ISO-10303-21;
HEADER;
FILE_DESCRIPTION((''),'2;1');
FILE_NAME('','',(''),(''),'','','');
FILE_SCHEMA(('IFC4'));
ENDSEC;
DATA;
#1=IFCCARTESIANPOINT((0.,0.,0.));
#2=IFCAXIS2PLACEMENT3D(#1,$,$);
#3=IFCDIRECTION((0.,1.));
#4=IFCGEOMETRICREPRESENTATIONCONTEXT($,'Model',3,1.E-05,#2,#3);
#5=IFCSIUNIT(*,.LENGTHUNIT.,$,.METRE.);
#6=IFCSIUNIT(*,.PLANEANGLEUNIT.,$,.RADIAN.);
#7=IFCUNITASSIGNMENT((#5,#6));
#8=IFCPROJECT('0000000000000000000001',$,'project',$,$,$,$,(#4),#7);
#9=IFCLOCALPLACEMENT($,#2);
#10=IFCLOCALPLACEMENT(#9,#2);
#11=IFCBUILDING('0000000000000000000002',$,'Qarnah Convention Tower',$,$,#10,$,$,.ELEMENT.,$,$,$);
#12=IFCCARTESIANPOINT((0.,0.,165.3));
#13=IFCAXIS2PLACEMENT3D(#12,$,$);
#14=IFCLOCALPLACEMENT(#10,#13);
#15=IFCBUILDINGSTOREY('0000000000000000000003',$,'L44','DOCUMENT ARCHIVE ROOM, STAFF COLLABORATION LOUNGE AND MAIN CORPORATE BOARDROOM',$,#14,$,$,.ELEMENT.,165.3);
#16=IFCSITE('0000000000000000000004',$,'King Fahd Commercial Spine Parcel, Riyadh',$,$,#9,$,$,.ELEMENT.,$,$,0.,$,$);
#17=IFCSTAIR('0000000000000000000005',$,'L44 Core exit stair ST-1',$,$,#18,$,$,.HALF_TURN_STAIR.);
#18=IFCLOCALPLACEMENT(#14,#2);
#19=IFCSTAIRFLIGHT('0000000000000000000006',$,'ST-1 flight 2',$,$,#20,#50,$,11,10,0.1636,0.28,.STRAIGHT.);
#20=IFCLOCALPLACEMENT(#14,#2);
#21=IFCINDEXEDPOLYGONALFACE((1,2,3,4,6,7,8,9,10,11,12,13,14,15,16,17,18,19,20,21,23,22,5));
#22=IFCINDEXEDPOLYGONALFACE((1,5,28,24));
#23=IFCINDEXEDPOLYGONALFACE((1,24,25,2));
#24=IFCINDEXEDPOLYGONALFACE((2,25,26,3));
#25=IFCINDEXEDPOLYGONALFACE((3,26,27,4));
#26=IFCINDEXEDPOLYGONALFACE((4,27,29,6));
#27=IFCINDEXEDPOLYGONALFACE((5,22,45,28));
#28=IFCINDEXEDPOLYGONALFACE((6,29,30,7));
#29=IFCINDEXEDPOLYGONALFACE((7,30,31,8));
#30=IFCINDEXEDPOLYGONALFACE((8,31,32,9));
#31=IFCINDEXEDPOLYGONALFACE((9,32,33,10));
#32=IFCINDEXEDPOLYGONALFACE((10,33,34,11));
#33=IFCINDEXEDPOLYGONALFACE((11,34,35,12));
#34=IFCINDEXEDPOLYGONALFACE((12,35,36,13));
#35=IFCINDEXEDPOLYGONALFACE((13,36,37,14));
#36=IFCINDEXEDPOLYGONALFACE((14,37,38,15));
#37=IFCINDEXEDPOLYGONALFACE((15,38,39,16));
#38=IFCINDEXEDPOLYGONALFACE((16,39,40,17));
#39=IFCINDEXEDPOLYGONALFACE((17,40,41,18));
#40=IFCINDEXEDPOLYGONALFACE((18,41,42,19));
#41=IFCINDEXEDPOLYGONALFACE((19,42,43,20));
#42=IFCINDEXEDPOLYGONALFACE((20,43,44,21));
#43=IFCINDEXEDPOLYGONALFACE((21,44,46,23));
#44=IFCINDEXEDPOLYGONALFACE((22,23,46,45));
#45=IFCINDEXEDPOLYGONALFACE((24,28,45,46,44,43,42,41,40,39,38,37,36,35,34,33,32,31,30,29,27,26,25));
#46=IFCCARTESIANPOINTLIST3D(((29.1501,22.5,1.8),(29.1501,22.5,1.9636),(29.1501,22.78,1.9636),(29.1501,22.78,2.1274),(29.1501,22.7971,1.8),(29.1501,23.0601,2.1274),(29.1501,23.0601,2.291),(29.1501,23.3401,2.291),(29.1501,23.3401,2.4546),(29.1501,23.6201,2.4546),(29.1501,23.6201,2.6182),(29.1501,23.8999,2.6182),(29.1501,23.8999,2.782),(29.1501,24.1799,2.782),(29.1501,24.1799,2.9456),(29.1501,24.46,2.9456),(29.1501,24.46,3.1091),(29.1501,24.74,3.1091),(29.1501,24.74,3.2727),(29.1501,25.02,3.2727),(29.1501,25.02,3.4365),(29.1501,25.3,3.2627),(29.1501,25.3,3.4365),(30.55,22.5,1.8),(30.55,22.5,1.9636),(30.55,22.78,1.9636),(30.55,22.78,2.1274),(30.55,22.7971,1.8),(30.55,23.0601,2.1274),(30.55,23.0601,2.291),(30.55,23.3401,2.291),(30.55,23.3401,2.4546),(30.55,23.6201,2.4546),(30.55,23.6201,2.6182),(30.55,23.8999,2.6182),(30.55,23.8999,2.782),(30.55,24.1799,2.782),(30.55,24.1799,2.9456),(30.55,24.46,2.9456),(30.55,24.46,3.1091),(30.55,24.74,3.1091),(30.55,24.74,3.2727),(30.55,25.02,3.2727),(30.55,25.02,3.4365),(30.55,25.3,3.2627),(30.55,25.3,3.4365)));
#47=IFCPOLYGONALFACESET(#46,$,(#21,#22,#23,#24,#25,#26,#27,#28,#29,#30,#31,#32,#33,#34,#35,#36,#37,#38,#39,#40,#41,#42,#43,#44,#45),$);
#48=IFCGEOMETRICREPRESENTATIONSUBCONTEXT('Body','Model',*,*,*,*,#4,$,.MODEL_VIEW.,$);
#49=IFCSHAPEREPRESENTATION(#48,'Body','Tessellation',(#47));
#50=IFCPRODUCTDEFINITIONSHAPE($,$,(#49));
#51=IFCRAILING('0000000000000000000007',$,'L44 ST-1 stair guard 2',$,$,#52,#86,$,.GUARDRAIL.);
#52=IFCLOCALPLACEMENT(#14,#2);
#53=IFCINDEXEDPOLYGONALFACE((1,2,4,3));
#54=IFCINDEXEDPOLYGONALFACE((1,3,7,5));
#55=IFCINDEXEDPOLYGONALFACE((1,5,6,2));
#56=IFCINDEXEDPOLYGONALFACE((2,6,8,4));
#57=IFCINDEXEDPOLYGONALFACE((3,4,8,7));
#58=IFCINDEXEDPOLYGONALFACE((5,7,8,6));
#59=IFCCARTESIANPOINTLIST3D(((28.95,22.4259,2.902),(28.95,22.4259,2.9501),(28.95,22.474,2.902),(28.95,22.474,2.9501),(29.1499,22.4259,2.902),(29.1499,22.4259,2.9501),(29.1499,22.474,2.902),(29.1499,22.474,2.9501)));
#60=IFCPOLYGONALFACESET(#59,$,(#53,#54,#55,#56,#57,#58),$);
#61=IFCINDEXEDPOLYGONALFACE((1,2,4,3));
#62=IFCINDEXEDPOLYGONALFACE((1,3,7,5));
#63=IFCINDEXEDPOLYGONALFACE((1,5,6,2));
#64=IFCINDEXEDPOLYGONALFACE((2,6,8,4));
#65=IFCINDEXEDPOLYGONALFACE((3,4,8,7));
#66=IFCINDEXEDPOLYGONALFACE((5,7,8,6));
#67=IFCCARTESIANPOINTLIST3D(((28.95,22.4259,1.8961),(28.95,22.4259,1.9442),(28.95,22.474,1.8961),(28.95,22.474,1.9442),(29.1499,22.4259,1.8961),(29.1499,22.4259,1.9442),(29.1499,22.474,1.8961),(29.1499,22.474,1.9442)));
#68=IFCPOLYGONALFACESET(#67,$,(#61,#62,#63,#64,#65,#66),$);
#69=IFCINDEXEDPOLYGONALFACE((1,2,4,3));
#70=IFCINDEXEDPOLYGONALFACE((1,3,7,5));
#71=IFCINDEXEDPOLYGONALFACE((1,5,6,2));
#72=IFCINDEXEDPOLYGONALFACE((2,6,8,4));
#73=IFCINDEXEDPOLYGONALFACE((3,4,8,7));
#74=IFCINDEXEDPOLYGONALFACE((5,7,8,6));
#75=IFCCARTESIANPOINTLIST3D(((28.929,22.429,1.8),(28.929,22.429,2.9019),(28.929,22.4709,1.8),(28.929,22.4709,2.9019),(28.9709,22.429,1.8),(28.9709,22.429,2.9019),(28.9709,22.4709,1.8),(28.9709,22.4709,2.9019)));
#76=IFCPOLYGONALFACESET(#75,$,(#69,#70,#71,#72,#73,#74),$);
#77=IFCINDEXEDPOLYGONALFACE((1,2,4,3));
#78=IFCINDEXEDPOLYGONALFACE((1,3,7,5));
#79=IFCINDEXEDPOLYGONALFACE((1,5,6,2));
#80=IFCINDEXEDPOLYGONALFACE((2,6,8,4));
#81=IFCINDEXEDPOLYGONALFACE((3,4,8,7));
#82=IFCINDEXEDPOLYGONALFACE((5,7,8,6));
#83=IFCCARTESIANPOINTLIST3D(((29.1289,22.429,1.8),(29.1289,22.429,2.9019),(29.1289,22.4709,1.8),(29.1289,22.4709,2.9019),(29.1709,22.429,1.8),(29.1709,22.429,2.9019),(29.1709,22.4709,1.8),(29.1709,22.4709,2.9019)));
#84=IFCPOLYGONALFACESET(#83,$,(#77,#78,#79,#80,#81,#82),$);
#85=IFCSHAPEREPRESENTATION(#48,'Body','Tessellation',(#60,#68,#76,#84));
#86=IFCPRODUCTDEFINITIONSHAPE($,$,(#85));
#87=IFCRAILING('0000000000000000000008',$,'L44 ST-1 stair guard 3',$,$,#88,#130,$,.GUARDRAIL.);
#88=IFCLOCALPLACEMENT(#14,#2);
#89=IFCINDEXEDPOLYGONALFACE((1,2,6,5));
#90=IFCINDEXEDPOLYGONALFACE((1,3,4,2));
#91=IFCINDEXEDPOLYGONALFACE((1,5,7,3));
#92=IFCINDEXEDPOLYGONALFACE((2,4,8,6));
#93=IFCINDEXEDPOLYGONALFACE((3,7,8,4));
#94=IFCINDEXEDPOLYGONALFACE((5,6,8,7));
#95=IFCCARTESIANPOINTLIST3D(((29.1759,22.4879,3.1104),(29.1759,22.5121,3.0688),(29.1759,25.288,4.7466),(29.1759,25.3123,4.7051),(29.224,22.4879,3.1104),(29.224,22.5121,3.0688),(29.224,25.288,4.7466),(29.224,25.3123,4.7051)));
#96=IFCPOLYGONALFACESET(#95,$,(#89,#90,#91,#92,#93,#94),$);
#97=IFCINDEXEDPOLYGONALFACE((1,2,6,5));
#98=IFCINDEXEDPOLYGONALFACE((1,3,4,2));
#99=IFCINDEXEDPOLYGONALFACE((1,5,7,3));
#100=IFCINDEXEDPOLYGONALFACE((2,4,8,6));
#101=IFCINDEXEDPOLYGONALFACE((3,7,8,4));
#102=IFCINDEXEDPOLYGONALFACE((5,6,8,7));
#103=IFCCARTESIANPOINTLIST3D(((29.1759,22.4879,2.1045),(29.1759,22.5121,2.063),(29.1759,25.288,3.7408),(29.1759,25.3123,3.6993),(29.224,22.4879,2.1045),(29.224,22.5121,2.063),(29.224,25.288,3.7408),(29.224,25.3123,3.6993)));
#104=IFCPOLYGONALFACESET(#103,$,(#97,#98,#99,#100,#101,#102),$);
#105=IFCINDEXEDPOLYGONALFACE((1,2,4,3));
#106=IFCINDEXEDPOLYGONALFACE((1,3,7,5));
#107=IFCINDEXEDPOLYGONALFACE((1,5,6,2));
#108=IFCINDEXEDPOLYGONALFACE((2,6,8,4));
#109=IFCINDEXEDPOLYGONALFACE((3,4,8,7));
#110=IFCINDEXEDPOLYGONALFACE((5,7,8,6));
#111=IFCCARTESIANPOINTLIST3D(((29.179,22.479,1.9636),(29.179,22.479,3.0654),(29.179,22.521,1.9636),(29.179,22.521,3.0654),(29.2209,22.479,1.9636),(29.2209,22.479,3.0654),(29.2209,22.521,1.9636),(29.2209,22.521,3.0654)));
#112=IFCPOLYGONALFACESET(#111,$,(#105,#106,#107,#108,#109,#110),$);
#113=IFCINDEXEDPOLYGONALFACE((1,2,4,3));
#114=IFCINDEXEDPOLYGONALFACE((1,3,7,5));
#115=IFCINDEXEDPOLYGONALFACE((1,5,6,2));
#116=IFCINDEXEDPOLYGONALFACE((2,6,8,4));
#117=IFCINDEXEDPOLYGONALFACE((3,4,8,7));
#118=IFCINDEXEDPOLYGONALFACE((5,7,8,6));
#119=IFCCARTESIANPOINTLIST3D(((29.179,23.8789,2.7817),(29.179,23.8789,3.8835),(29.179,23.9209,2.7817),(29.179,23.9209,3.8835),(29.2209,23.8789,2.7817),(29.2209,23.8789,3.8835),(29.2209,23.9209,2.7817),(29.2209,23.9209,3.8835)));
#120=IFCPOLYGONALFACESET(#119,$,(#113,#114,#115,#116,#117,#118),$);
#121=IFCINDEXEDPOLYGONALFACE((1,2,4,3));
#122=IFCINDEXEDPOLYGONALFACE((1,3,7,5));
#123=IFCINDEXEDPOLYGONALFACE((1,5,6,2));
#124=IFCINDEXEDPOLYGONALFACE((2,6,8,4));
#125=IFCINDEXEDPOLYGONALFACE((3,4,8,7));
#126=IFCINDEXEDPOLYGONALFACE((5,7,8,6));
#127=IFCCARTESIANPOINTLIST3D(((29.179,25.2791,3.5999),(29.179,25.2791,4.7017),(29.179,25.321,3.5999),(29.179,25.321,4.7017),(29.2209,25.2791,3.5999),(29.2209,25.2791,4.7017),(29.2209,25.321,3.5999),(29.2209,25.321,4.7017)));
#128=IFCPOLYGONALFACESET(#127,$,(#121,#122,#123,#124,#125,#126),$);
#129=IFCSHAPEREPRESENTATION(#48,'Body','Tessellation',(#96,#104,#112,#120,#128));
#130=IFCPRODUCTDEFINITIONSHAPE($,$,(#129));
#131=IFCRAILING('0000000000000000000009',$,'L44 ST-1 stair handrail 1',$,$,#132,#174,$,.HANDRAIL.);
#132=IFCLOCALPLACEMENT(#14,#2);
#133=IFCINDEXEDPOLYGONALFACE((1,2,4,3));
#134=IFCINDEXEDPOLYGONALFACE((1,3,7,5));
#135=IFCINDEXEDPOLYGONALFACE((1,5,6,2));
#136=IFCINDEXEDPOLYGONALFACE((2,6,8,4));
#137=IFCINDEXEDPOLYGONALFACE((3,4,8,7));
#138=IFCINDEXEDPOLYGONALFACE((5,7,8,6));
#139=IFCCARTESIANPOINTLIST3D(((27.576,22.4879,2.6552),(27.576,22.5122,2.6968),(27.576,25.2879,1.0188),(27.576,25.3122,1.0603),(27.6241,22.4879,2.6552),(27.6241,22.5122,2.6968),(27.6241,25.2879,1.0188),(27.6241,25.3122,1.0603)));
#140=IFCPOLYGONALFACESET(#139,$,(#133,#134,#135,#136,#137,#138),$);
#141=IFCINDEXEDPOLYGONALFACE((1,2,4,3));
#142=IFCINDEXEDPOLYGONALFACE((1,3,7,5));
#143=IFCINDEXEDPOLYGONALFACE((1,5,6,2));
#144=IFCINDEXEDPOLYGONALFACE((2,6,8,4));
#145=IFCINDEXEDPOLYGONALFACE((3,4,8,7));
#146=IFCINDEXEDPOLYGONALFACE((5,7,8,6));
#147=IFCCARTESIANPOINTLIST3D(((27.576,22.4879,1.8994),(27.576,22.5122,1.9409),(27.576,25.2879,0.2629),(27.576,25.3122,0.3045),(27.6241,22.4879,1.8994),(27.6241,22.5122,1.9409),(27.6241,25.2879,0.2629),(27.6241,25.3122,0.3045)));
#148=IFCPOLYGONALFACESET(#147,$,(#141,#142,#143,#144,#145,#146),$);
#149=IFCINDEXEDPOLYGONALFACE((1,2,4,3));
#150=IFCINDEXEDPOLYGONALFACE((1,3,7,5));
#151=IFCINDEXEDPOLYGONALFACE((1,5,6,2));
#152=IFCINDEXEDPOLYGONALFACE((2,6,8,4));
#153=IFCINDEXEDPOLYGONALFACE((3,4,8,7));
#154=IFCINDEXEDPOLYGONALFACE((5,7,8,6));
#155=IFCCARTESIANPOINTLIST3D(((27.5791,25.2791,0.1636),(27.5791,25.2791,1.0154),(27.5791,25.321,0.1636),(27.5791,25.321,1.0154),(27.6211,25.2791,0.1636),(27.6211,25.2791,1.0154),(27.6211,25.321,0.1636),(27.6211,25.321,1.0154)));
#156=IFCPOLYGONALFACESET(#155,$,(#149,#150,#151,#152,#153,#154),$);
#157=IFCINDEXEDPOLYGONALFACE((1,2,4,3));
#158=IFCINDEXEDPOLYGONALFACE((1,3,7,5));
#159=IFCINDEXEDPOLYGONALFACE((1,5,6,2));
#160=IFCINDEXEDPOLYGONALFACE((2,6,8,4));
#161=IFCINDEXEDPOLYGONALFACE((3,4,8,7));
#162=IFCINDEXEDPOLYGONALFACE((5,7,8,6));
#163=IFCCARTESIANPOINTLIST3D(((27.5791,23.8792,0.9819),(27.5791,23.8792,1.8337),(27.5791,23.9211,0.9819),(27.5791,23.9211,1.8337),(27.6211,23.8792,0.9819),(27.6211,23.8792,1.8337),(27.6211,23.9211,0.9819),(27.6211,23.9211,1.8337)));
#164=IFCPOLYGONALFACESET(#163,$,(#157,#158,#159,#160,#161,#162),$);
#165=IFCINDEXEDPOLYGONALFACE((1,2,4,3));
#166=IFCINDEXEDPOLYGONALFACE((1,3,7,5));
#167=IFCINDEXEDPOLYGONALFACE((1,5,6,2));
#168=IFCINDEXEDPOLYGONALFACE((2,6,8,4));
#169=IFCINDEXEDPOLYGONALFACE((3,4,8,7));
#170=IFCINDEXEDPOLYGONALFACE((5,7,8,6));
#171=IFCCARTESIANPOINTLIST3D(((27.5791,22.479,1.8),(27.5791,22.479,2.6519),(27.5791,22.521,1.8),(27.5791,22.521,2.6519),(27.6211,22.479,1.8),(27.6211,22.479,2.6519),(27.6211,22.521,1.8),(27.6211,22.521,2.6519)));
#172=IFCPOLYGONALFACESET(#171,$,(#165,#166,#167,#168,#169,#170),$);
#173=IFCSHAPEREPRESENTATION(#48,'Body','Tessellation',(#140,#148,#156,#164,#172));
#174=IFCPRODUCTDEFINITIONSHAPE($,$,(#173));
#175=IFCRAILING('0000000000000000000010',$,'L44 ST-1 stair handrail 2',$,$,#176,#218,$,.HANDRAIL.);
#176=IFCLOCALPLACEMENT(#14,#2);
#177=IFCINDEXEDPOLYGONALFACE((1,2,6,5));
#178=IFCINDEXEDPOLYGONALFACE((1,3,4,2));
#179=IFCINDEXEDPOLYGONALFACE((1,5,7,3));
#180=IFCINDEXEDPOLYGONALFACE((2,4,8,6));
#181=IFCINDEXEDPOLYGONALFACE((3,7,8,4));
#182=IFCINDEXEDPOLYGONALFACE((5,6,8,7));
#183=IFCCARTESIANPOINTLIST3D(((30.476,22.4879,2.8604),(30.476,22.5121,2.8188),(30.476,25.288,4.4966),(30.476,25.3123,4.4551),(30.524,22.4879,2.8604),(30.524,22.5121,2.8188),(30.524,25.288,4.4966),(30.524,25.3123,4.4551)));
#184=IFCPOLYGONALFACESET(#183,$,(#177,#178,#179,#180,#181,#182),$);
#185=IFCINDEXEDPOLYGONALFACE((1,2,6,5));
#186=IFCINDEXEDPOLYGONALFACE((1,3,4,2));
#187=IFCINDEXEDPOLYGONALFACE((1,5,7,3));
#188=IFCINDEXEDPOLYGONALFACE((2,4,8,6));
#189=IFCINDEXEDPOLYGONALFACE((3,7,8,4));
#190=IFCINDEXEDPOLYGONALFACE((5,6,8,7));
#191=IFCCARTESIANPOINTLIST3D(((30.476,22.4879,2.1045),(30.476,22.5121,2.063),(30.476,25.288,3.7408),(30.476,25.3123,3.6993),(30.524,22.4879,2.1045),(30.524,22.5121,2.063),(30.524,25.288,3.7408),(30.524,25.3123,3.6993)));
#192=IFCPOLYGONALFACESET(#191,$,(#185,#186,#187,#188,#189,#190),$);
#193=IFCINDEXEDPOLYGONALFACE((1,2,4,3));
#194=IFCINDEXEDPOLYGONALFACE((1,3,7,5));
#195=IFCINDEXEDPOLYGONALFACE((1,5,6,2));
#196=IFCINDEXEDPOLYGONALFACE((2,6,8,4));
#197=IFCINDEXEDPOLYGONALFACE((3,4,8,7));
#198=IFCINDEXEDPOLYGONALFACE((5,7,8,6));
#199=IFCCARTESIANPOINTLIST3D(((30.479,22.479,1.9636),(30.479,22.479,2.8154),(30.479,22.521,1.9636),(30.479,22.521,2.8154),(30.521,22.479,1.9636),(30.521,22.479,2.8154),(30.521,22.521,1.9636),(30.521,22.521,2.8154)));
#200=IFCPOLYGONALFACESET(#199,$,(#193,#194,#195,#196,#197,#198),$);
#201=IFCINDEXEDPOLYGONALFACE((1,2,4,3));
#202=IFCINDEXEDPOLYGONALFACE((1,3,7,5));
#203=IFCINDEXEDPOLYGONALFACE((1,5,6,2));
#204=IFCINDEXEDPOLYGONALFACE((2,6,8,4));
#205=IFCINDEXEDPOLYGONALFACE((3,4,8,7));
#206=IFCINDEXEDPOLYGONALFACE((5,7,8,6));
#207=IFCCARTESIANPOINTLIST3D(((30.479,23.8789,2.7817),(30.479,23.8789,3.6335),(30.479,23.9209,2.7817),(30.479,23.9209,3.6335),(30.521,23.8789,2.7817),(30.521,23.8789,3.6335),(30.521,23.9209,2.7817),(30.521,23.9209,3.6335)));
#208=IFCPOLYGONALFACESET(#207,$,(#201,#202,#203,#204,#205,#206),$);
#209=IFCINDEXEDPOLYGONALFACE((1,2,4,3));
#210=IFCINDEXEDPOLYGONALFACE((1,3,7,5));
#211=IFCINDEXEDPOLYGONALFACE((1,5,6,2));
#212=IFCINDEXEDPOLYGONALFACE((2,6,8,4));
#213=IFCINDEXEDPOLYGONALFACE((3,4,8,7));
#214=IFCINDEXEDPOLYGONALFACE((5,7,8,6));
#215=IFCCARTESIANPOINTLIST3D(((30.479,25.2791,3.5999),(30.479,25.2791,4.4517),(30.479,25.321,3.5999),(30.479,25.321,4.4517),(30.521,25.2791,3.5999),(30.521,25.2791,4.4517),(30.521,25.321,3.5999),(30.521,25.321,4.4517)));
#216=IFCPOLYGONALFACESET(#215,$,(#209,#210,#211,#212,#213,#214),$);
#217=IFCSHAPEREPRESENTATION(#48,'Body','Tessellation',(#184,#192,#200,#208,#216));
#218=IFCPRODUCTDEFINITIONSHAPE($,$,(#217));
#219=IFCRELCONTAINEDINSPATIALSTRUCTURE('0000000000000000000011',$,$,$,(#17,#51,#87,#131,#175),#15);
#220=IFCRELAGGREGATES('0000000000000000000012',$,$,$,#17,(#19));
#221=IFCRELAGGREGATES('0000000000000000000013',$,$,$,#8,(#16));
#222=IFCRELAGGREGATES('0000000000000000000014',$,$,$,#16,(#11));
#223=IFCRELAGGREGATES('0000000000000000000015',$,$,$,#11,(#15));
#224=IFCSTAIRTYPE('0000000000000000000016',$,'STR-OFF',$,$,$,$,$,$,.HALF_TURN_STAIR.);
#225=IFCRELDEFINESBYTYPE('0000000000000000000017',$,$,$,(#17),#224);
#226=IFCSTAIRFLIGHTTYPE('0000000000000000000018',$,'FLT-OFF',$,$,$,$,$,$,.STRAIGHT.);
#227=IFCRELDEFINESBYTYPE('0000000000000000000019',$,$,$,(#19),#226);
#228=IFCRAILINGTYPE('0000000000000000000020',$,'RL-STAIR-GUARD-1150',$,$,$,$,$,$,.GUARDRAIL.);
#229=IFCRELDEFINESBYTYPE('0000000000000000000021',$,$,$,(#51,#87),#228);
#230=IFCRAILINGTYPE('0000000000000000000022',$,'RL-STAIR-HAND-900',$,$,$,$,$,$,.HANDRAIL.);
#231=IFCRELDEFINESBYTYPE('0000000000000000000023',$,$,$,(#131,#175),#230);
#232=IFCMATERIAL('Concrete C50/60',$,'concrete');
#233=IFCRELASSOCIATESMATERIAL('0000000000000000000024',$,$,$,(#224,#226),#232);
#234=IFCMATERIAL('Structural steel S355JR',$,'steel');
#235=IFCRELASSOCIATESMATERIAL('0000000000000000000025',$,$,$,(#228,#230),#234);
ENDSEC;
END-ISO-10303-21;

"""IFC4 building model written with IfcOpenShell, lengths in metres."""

from ifc_helpers import new_model, si_unit, direction, frame, origin, origin_2d, place, context, subcontext, project, spatial, polyline, rectangle, outline, extrude, material, type_object, element, aggregate, save


model = new_model("IFC4")

# Units and contexts
model_context = context("Model", 3, precision=1e-05, world=origin(), true_north=direction((0.0, 1.0)))
body_context = subcontext(model_context, "Body", "Model", "MODEL_VIEW")
ifc_project = project(units=[si_unit("LENGTHUNIT", "METRE"), si_unit("PLANEANGLEUNIT", "RADIAN")], contexts=[model_context])

# Site, building, storey
site_placement = place(None, origin())
site = spatial("IfcSite", under=ifc_project, at=site_placement, Name="King Fahd Commercial Spine Parcel, Riyadh", CompositionType="ELEMENT", RefElevation=0.0)
building_placement = place(site_placement, origin())
building = spatial("IfcBuilding", under=site, at=building_placement, Name="Qarnah Convention Tower", CompositionType="ELEMENT")
storey_placement = place(building_placement, frame((0.0, 0.0, 165.3)))
storey = spatial("IfcBuildingStorey", under=building, at=storey_placement, Name="L44", Description="DOCUMENT ARCHIVE ROOM, STAFF COLLABORATION LOUNGE AND MAIN CORPORATE BOARDROOM", CompositionType="ELEMENT", Elevation=165.3)

# Shared definitions
ifc_material_1 = material(Name="Structural steel S355JR", Category="steel")

# Stair, stair flight
ifc_material_2 = material(Name="Concrete C50/60", Category="concrete")
stair_type = type_object("IfcStairType", Name="STR-OFF", PredefinedType="HALF_TURN_STAIR", material=ifc_material_2)
stair_placement = place(storey_placement, origin())
stair = element("IfcStair", 1, at=stair_placement, inside=storey, type_object=stair_type, Name="L44 Core exit stair ST-1", PredefinedType="HALF_TURN_STAIR")
stair_flight_type = type_object("IfcStairFlightType", Name="FLT-OFF", PredefinedType="STRAIGHT", material=ifc_material_2)
stair_flight_1_placement = place(storey_placement, frame((29.8501, 22.5, 1.8), z_axis=(0.0, 0.0, 1.0), x_axis=(0.0, 1.0, 0.0)))
stair_flight_1 = element("IfcStairFlight", 2, at=stair_flight_1_placement, type_object=stair_flight_type, Name="ST-1 flight 2", NumberOfRisers=11, NumberOfTreads=10, PredefinedType="STRAIGHT", RiserHeight=0.1636, TreadLength=0.28, context=body_context, shape_type="SweptSolid", body=[
    extrude(outline(polyline([(0.0, 0.0), (0.0, 0.1636), (0.28, 0.1636), (0.28, 0.3274), (0.5601, 0.3274), (0.5601, 0.491), (0.8401, 0.491), (0.8401, 0.6545), (1.1201, 0.6545), (1.1201, 0.8181), (1.3999, 0.8181), (1.3999, 0.9819), (1.6799, 0.9819), (1.6799, 1.1455), (1.96, 1.1455), (1.96, 1.3091), (2.24, 1.3091), (2.24, 1.4727), (2.52, 1.4727), (2.52, 1.6365), (2.8, 1.6365), (2.8, 1.8), (2.8, 1.4626), (0.2971, 0.0), (0.0, 0.0)])), frame((0.0, 0.7, 0.0), z_axis=(0.0, -1.0, 0.0), x_axis=(1.0, 0.0, 0.0)), (0.0, 0.0, 1.0), 1.3999),
])
aggregate(stair, [stair_flight_1])

# Railings
railing_type_1 = type_object("IfcRailingType", Name="RL-STAIR-GUARD-1150", PredefinedType="GUARDRAIL", material=ifc_material_1)
railing_1_placement = place(storey_placement, frame((28.95, 22.45, 1.8)))
element("IfcRailing", 3, at=railing_1_placement, inside=storey, type_object=railing_type_1, Name="L44 ST-1 stair guard 2", PredefinedType="GUARDRAIL", context=body_context, shape_type="SweptSolid", body=[
    extrude(rectangle(XDim=0.0481, YDim=0.0481, at=origin_2d()), frame((0.0, 0.0, 1.126), z_axis=(1.0, 0.0, 0.0), x_axis=(0.0, 1.0, 0.0)), (0.0, 0.0, 1.0), 0.2),
    extrude(rectangle(XDim=0.0481, YDim=0.0481, at=origin_2d()), frame((0.0, 0.0, 0.1201), z_axis=(1.0, 0.0, 0.0), x_axis=(0.0, 1.0, 0.0)), (0.0, 0.0, 1.0), 0.2),
    extrude(rectangle(XDim=0.042, YDim=0.042, at=origin_2d()), origin(), (0.0, 0.0, 1.0), 1.1018),
    extrude(rectangle(XDim=0.042, YDim=0.042, at=origin_2d()), frame((0.2, 0.0, 0.0)), (0.0, 0.0, 1.0), 1.1018),
])
railing_2_placement = place(storey_placement, frame((29.2, 22.5, 1.9636)))
element("IfcRailing", 4, at=railing_2_placement, inside=storey, type_object=railing_type_1, Name="L44 ST-1 stair guard 3", PredefinedType="GUARDRAIL", context=body_context, shape_type="SweptSolid", body=[
    extrude(rectangle(XDim=0.0481, YDim=0.0481, at=origin_2d()), frame((0.0, 0.0, 1.126), z_axis=(0.0, 0.863394, 0.504531), x_axis=(-1.0, 0.0, 0.0)), (0.0, 0.0, 1.0), 3.2432),
    extrude(rectangle(XDim=0.0481, YDim=0.0481, at=origin_2d()), frame((0.0, 0.0, 0.1201), z_axis=(0.0, 0.863394, 0.504531), x_axis=(-1.0, 0.0, 0.0)), (0.0, 0.0, 1.0), 3.2432),
    extrude(rectangle(XDim=0.042, YDim=0.042, at=origin_2d()), origin(), (0.0, 0.0, 1.0), 1.1018),
    extrude(rectangle(XDim=0.042, YDim=0.042, at=origin_2d()), frame((0.0, 1.3999, 0.8181)), (0.0, 0.0, 1.0), 1.1018),
    extrude(rectangle(XDim=0.042, YDim=0.042, at=origin_2d()), frame((0.0, 2.8, 1.6362)), (0.0, 0.0, 1.0), 1.1018),
])
railing_type_2 = type_object("IfcRailingType", Name="RL-STAIR-HAND-900", PredefinedType="HANDRAIL", material=ifc_material_1)
railing_3_placement = place(storey_placement, frame((27.6001, 25.3, 0.1636)))
element("IfcRailing", 5, at=railing_3_placement, inside=storey, type_object=railing_type_2, Name="L44 ST-1 stair handrail 1", PredefinedType="HANDRAIL", context=body_context, shape_type="SweptSolid", body=[
    extrude(rectangle(XDim=0.0481, YDim=0.0481, at=origin_2d()), frame((0.0, 0.0, 0.876), z_axis=(0.0, -0.863361, 0.504587), x_axis=(1.0, 0.0, 0.0)), (0.0, 0.0, 1.0), 3.2432),
    extrude(rectangle(XDim=0.0481, YDim=0.0481, at=origin_2d()), frame((0.0, 0.0, 0.1201), z_axis=(0.0, -0.863361, 0.504587), x_axis=(1.0, 0.0, 0.0)), (0.0, 0.0, 1.0), 3.2432),
    extrude(rectangle(XDim=0.042, YDim=0.042, at=origin_2d()), origin(), (0.0, 0.0, 1.0), 0.8518),
    extrude(rectangle(XDim=0.042, YDim=0.042, at=origin_2d()), frame((0.0, -1.3999, 0.8184)), (0.0, 0.0, 1.0), 0.8518),
    extrude(rectangle(XDim=0.042, YDim=0.042, at=origin_2d()), frame((0.0, -2.8, 1.6365)), (0.0, 0.0, 1.0), 0.8518),
])
railing_4_placement = place(storey_placement, frame((30.5, 22.5, 1.9636)))
element("IfcRailing", 6, at=railing_4_placement, inside=storey, type_object=railing_type_2, Name="L44 ST-1 stair handrail 2", PredefinedType="HANDRAIL", context=body_context, shape_type="SweptSolid", body=[
    extrude(rectangle(XDim=0.0481, YDim=0.0481, at=origin_2d()), frame((0.0, 0.0, 0.876), z_axis=(0.0, 0.863394, 0.504531), x_axis=(-1.0, 0.0, 0.0)), (0.0, 0.0, 1.0), 3.2432),
    extrude(rectangle(XDim=0.0481, YDim=0.0481, at=origin_2d()), frame((0.0, 0.0, 0.1201), z_axis=(0.0, 0.863394, 0.504531), x_axis=(-1.0, 0.0, 0.0)), (0.0, 0.0, 1.0), 3.2432),
    extrude(rectangle(XDim=0.042, YDim=0.042, at=origin_2d()), origin(), (0.0, 0.0, 1.0), 0.8518),
    extrude(rectangle(XDim=0.042, YDim=0.042, at=origin_2d()), frame((0.0, 1.3999, 0.8181)), (0.0, 0.0, 1.0), 0.8518),
    extrude(rectangle(XDim=0.042, YDim=0.042, at=origin_2d()), frame((0.0, 2.8, 1.6362)), (0.0, 0.0, 1.0), 0.8518),
])

save(model, "model.ifc")
